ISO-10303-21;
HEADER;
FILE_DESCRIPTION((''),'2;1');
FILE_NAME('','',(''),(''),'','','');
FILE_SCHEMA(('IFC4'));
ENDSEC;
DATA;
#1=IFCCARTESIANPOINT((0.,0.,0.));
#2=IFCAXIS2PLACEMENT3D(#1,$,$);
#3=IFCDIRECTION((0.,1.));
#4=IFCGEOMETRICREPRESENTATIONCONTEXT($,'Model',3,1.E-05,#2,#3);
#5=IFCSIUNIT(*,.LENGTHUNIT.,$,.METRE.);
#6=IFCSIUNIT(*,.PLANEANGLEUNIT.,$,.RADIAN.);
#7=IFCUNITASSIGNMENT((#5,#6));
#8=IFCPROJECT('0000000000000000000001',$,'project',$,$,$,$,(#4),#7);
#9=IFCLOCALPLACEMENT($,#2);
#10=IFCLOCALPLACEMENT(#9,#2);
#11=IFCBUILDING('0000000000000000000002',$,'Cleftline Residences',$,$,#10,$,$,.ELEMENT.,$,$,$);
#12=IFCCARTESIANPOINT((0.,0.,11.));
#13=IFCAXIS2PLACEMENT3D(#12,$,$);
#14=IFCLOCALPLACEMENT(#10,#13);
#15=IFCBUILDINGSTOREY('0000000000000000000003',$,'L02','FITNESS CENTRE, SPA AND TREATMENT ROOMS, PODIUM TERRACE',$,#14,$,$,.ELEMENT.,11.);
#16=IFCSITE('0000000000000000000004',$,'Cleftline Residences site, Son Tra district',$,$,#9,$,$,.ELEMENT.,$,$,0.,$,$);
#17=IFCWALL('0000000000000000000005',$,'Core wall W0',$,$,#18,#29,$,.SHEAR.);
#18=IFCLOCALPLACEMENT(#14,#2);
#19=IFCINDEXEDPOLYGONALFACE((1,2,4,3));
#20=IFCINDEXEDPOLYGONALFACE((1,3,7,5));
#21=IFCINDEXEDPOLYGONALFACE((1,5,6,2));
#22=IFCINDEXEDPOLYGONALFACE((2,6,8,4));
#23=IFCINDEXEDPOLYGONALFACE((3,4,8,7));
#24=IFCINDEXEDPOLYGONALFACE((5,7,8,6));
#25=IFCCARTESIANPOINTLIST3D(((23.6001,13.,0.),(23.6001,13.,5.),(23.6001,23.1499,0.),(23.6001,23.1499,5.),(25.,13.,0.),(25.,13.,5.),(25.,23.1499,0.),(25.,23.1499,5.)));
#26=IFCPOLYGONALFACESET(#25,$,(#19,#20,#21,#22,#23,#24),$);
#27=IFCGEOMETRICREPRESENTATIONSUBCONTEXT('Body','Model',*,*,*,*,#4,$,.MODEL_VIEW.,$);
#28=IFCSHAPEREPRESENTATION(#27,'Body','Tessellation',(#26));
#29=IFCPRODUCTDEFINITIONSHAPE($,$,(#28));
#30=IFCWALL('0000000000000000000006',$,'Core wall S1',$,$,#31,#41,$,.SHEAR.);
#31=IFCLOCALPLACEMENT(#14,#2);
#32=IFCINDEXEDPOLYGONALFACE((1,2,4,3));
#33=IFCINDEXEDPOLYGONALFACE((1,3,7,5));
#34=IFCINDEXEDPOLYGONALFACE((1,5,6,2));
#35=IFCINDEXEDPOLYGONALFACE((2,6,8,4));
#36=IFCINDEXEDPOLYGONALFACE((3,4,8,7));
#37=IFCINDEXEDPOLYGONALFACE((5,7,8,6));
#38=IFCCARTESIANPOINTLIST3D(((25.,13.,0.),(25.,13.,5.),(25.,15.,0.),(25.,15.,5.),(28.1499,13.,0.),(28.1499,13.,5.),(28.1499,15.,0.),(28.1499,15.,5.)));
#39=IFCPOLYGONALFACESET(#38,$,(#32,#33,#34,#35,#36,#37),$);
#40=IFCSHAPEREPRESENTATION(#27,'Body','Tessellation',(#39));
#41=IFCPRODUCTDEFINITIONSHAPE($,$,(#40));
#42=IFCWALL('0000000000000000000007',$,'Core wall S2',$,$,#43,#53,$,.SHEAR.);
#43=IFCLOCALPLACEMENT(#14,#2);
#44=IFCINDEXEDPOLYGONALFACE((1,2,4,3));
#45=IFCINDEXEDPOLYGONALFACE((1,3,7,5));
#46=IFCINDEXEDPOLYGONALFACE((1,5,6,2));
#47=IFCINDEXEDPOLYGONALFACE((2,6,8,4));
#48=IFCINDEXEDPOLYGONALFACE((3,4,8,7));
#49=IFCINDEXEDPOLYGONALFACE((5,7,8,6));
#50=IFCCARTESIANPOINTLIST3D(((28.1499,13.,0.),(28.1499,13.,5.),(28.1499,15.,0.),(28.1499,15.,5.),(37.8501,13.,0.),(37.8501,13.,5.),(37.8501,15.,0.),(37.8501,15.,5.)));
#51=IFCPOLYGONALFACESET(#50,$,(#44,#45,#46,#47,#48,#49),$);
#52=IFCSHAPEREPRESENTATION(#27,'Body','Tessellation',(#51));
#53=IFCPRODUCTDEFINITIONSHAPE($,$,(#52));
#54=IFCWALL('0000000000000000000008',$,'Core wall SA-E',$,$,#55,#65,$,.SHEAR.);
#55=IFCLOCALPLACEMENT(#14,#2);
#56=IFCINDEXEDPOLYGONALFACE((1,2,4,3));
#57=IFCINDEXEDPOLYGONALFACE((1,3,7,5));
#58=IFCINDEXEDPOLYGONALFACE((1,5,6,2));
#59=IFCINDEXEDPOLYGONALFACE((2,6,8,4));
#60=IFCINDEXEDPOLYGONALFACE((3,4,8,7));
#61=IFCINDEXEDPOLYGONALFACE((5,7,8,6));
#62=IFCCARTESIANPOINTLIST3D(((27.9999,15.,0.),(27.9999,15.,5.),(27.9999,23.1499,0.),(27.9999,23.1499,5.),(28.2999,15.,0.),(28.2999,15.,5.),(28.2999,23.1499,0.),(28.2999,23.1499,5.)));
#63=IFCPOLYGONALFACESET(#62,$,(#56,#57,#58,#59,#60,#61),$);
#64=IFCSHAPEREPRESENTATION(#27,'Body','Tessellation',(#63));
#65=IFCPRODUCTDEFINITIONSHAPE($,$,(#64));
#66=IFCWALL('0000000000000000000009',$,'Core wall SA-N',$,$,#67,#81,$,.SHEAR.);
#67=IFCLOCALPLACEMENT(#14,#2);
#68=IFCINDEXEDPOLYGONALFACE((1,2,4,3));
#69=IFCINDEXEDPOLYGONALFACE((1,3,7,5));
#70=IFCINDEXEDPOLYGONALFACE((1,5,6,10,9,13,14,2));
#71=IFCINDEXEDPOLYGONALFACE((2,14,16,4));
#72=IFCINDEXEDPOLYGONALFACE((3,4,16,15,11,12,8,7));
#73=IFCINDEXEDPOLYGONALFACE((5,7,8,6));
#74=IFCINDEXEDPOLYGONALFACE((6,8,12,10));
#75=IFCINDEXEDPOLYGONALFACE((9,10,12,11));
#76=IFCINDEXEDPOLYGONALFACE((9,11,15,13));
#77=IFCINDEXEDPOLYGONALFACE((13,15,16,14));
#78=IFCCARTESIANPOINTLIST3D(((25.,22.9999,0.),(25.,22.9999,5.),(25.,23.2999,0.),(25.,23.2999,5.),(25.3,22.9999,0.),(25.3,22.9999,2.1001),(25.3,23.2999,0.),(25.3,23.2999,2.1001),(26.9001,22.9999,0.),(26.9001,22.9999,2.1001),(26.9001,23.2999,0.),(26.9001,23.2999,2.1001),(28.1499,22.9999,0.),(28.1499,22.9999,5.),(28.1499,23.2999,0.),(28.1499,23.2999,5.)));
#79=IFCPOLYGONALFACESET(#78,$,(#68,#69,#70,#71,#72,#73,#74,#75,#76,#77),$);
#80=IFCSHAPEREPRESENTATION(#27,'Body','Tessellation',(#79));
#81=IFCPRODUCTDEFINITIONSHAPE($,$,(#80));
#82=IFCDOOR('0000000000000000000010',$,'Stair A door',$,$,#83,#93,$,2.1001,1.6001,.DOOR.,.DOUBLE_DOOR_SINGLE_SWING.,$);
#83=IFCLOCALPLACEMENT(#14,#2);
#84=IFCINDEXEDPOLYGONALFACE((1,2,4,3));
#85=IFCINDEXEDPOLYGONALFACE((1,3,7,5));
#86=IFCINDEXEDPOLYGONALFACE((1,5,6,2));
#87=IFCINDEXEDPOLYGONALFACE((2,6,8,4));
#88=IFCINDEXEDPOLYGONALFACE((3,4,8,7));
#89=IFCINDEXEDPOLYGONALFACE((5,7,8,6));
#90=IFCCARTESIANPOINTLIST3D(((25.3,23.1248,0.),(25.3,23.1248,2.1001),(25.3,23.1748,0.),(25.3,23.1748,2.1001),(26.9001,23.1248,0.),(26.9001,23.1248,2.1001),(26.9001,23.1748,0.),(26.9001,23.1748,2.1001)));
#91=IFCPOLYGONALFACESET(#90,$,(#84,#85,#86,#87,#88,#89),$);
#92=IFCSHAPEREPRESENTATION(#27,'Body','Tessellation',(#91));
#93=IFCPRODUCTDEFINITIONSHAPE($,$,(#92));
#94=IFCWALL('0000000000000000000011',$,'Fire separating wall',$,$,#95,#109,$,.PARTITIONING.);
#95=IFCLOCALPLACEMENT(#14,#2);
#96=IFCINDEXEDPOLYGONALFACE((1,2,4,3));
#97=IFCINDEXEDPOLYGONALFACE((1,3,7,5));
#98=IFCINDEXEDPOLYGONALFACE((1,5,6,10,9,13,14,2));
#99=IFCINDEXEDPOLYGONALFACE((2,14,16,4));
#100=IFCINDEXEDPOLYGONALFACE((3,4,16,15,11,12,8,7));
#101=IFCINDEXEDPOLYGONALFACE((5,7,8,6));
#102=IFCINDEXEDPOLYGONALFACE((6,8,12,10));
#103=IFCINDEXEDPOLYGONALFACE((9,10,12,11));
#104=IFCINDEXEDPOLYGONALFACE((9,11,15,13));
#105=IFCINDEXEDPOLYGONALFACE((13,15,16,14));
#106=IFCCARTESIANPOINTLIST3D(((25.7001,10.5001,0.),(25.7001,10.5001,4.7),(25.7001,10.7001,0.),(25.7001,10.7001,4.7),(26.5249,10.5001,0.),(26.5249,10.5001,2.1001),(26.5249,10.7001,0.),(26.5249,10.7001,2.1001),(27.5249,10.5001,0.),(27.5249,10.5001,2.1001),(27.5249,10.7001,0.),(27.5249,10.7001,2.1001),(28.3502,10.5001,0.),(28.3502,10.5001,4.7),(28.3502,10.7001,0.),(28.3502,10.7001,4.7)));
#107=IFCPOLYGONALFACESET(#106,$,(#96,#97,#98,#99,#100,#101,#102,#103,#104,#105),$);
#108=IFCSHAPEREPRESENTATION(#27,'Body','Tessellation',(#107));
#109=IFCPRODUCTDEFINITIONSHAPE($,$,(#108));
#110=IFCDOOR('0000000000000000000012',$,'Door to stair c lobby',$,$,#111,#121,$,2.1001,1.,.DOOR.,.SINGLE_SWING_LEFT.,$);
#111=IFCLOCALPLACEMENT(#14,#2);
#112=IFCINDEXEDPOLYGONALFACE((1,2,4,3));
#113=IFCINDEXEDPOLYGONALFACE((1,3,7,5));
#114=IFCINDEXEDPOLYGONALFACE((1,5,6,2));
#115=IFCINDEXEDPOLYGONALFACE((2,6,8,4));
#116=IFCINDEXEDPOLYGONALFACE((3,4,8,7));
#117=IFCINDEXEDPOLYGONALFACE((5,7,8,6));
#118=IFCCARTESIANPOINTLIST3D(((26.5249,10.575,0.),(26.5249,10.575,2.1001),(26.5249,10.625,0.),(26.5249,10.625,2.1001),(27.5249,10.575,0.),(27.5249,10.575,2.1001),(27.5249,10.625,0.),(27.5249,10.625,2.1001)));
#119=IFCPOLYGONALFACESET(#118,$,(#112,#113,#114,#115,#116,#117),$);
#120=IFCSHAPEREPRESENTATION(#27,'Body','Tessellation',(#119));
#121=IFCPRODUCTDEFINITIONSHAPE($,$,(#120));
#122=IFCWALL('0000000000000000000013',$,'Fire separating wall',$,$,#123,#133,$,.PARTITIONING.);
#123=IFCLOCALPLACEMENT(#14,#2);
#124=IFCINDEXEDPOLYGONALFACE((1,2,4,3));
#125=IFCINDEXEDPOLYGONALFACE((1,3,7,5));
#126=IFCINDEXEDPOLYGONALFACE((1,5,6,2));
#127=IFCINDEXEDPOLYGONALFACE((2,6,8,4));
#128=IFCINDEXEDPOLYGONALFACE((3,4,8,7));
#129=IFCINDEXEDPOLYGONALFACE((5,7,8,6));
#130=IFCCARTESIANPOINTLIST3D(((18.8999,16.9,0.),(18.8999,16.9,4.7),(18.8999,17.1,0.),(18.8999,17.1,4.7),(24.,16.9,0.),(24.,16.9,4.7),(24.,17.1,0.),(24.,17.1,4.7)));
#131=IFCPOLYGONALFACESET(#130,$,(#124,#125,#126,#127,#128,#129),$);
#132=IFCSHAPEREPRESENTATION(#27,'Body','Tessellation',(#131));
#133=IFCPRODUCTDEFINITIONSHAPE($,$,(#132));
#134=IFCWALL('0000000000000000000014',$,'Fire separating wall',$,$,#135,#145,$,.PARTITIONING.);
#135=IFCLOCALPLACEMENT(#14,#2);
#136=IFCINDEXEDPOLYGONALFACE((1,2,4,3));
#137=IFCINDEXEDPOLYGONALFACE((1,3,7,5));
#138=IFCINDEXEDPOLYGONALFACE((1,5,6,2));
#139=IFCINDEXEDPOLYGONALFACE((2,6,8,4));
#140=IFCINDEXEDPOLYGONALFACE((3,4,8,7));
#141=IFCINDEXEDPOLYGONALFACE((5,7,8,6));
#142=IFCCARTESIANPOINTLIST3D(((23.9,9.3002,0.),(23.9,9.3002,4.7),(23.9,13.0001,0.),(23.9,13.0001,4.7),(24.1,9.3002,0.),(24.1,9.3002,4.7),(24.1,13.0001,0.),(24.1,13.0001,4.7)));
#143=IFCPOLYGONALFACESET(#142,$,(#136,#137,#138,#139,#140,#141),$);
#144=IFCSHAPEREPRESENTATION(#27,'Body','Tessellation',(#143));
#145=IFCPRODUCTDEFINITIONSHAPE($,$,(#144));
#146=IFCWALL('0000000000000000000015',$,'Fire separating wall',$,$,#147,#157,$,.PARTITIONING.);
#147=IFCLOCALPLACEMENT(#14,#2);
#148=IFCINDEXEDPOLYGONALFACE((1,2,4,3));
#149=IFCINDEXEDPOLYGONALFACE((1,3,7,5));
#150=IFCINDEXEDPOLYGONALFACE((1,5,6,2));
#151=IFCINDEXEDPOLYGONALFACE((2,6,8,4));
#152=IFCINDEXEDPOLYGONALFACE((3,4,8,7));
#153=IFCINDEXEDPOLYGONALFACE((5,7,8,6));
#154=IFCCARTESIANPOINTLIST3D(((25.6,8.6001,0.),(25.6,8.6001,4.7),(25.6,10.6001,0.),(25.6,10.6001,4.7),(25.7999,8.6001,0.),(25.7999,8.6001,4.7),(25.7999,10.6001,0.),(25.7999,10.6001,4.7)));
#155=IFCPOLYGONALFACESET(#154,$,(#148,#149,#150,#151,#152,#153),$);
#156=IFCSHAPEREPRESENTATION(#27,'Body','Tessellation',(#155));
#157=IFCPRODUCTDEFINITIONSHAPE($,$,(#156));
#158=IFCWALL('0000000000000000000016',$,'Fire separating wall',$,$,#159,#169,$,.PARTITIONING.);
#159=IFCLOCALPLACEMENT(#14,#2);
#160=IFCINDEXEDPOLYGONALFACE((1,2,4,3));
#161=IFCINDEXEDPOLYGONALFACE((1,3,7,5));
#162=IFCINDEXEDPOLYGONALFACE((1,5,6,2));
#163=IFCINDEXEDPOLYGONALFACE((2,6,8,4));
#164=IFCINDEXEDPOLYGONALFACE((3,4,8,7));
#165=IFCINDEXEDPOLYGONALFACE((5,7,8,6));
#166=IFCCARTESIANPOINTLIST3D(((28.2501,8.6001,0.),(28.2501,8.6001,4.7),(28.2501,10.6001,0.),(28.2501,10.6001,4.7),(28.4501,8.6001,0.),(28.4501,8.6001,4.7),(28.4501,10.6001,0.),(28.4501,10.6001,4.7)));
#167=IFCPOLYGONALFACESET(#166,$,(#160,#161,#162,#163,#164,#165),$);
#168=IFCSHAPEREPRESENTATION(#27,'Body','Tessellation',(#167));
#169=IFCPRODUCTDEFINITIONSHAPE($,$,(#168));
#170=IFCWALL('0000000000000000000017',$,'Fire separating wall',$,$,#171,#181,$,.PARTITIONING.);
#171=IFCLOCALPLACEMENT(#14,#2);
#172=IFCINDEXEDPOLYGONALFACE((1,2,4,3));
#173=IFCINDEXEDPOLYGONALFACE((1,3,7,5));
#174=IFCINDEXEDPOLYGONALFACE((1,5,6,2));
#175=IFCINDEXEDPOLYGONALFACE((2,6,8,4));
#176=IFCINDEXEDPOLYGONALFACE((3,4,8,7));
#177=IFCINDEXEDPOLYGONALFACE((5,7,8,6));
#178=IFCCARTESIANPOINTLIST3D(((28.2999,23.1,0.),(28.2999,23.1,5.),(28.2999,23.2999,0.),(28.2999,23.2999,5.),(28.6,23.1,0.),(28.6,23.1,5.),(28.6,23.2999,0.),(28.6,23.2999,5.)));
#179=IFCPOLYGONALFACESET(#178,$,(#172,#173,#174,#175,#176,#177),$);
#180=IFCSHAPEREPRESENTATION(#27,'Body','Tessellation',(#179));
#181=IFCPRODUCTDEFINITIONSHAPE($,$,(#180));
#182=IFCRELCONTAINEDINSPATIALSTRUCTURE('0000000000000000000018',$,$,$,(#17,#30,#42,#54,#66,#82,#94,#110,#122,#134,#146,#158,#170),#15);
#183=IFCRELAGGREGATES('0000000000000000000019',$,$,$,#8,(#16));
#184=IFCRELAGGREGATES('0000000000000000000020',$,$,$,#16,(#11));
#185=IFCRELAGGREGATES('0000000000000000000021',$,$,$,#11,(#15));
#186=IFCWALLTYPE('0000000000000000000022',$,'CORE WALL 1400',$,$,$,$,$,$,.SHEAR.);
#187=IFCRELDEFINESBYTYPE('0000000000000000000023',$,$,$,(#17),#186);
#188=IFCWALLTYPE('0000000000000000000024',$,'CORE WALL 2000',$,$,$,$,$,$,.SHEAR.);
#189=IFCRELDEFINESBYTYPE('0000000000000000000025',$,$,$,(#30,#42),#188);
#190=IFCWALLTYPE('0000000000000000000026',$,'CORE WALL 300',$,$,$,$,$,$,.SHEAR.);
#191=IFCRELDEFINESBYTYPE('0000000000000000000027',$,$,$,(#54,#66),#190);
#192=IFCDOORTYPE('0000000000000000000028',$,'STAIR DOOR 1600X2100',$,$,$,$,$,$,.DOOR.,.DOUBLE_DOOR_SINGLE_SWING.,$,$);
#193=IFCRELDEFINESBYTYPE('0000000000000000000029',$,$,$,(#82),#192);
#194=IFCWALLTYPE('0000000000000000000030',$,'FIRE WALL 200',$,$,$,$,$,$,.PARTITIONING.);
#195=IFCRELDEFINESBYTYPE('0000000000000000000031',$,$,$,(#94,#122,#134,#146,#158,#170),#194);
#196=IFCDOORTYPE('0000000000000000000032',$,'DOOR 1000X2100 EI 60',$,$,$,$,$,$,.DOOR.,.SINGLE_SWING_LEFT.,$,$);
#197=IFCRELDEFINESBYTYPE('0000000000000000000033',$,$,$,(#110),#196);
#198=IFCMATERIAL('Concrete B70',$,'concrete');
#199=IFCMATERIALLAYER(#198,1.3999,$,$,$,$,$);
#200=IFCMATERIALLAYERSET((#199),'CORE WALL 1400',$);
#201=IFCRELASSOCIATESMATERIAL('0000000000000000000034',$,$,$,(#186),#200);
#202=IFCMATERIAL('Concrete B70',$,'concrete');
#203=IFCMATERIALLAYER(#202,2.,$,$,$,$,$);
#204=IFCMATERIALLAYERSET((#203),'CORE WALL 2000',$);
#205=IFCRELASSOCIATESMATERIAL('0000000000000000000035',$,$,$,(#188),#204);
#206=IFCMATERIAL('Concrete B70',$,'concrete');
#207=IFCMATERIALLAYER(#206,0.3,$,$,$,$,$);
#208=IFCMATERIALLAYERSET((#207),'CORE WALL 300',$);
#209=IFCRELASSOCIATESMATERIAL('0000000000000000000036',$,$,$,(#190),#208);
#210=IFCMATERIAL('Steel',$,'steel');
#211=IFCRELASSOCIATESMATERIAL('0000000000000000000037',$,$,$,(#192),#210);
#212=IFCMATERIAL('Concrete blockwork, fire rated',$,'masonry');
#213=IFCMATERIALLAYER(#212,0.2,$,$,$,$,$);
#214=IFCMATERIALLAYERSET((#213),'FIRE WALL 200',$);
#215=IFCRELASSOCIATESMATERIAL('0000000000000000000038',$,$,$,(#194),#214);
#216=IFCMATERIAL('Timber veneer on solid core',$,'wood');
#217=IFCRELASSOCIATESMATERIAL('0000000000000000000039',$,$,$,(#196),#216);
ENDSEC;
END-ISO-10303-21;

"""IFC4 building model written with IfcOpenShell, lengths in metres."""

from ifc_helpers import new_model, si_unit, direction, frame, frame_2d, origin, place, context, subcontext, project, spatial, rectangle, extrude, material, layer, layer_set, type_object, element, fill, save


model = new_model("IFC4")

# Units and contexts
model_context = context("Model", 3, precision=1e-05, world=origin(), true_north=direction((0.0, 1.0)))
body_context = subcontext(model_context, "Body", "Model", "MODEL_VIEW")
ifc_project = project(units=[si_unit("LENGTHUNIT", "METRE"), si_unit("PLANEANGLEUNIT", "RADIAN")], contexts=[model_context])

# Site, building, storey
site_placement = place(None, origin())
site = spatial("IfcSite", under=ifc_project, at=site_placement, Name="Cleftline Residences site, Son Tra district", CompositionType="ELEMENT", RefElevation=0.0)
building_placement = place(site_placement, origin())
building = spatial("IfcBuilding", under=site, at=building_placement, Name="Cleftline Residences", CompositionType="ELEMENT")
storey_placement = place(building_placement, frame((0.0, 0.0, 11.0)))
storey = spatial("IfcBuildingStorey", under=building, at=storey_placement, Name="L02", Description="FITNESS CENTRE, SPA AND TREATMENT ROOMS, PODIUM TERRACE", CompositionType="ELEMENT", Elevation=11.0)

# Wall
ifc_material_1 = material(Name="Concrete B70", Category="concrete")
ifc_layer_1 = layer(ifc_material_1, 1.3999)
ifc_layer_set_1 = layer_set([ifc_layer_1], Name="CORE WALL 1400")
wall_type_1 = type_object("IfcWallType", Name="CORE WALL 1400", PredefinedType="SHEAR", material=ifc_layer_set_1)
wall_1_placement = place(storey_placement, frame((24.3, 13.0, 0.0), z_axis=(0.0, 0.0, 1.0), x_axis=(0.0, 1.0, 0.0)))
element("IfcWall", 1, at=wall_1_placement, inside=storey, type_object=wall_type_1, Name="Core wall W0", PredefinedType="SHEAR", context=body_context, shape_type="SweptSolid", body=[
    extrude(rectangle(XDim=10.1499, YDim=1.3999, at=frame_2d((5.075, 0.0))), origin(), (0.0, 0.0, 1.0), 5.0),
])

# Walls
ifc_material_2 = material(Name="Concrete B70", Category="concrete")
ifc_layer_2 = layer(ifc_material_2, 2.0)
ifc_layer_set_2 = layer_set([ifc_layer_2], Name="CORE WALL 2000")
wall_type_2 = type_object("IfcWallType", Name="CORE WALL 2000", PredefinedType="SHEAR", material=ifc_layer_set_2)
wall_2_placement = place(storey_placement, frame((25.0, 14.0, 0.0), z_axis=(0.0, 0.0, 1.0), x_axis=(1.0, 0.0, 0.0)))
element("IfcWall", 2, at=wall_2_placement, inside=storey, type_object=wall_type_2, Name="Core wall S1", PredefinedType="SHEAR", context=body_context, shape_type="SweptSolid", body=[
    extrude(rectangle(XDim=3.1499, YDim=2.0, at=frame_2d((1.575, 0.0))), origin(), (0.0, 0.0, 1.0), 5.0),
])
wall_3_placement = place(storey_placement, frame((28.1499, 14.0, 0.0), z_axis=(0.0, 0.0, 1.0), x_axis=(1.0, 0.0, 0.0)))
element("IfcWall", 3, at=wall_3_placement, inside=storey, type_object=wall_type_2, Name="Core wall S2", PredefinedType="SHEAR", context=body_context, shape_type="SweptSolid", body=[
    extrude(rectangle(XDim=9.7002, YDim=2.0, at=frame_2d((4.8501, 0.0))), origin(), (0.0, 0.0, 1.0), 5.0),
])
ifc_material_3 = material(Name="Concrete B70", Category="concrete")
ifc_layer_3 = layer(ifc_material_3, 0.3)
ifc_layer_set_3 = layer_set([ifc_layer_3], Name="CORE WALL 300")
wall_type_3 = type_object("IfcWallType", Name="CORE WALL 300", PredefinedType="SHEAR", material=ifc_layer_set_3)
wall_4_placement = place(storey_placement, frame((28.1499, 15.0, 0.0), z_axis=(0.0, 0.0, 1.0), x_axis=(0.0, 1.0, 0.0)))
element("IfcWall", 4, at=wall_4_placement, inside=storey, type_object=wall_type_3, Name="Core wall SA-E", PredefinedType="SHEAR", context=body_context, shape_type="SweptSolid", body=[
    extrude(rectangle(XDim=8.1499, YDim=0.3, at=frame_2d((4.075, 0.0))), origin(), (0.0, 0.0, 1.0), 5.0),
])

# Walls, openings, doors
wall_5_placement = place(storey_placement, frame((25.0, 23.1499, 0.0), z_axis=(0.0, 0.0, 1.0), x_axis=(1.0, 0.0, 0.0)))
wall_5 = element("IfcWall", 5, at=wall_5_placement, inside=storey, type_object=wall_type_3, Name="Core wall SA-N", PredefinedType="SHEAR", context=body_context, shape_type="SweptSolid", body=[
    extrude(rectangle(XDim=3.1499, YDim=0.3, at=frame_2d((1.575, 0.0))), origin(), (0.0, 0.0, 1.0), 5.0),
])
opening_1_placement = place(wall_5_placement, frame((0.3, 0.0, 0.0)))
opening_1 = element("IfcOpeningElement", 6, at=opening_1_placement, cuts=wall_5, PredefinedType="OPENING", context=body_context, shape_type="SweptSolid", body=[
    extrude(rectangle(XDim=1.6001, YDim=2.1001, at=frame_2d((0.8, 1.05))), frame((0.0, 0.1599, 0.0), z_axis=(0.0, -1.0, 0.0), x_axis=(1.0, 0.0, 0.0)), (0.0, 0.0, 1.0), 0.3201),
])
ifc_material_4 = material(Name="Steel", Category="steel")
door_type_1 = type_object("IfcDoorType", Name="STAIR DOOR 1600X2100", OperationType="DOUBLE_DOOR_SINGLE_SWING", PredefinedType="DOOR", material=ifc_material_4)
door_1_placement = place(opening_1_placement, origin())
door_1 = element("IfcDoor", 7, at=door_1_placement, inside=storey, type_object=door_type_1, Name="Stair A door", OperationType="DOUBLE_DOOR_SINGLE_SWING", OverallHeight=2.1001, OverallWidth=1.6001, PredefinedType="DOOR", context=body_context, shape_type="SweptSolid", body=[
    extrude(rectangle(XDim=1.6001, YDim=2.1001, at=frame_2d((0.8, 1.05))), frame((0.0, 0.0249, 0.0), z_axis=(0.0, -1.0, 0.0), x_axis=(1.0, 0.0, 0.0)), (0.0, 0.0, 1.0), 0.05),
])
fill(opening_1, door_1)
ifc_material_5 = material(Name="Concrete blockwork, fire rated", Category="masonry")
ifc_layer_4 = layer(ifc_material_5, 0.2)
ifc_layer_set_4 = layer_set([ifc_layer_4], Name="FIRE WALL 200")
wall_type_4 = type_object("IfcWallType", Name="FIRE WALL 200", PredefinedType="PARTITIONING", material=ifc_layer_set_4)
wall_6_placement = place(storey_placement, frame((25.7, 10.6001, 0.0), z_axis=(0.0, 0.0, 1.0), x_axis=(1.0, 0.0, 0.0)))
wall_6 = element("IfcWall", 8, at=wall_6_placement, inside=storey, type_object=wall_type_4, Name="Fire separating wall", PredefinedType="PARTITIONING", context=body_context, shape_type="SweptSolid", body=[
    extrude(rectangle(XDim=2.6501, YDim=0.2, at=frame_2d((1.3252, 0.0))), origin(), (0.0, 0.0, 1.0), 4.7),
])
opening_2_placement = place(wall_6_placement, frame((0.825, 0.0, 0.0)))
opening_2 = element("IfcOpeningElement", 9, at=opening_2_placement, cuts=wall_6, PredefinedType="OPENING", context=body_context, shape_type="SweptSolid", body=[
    extrude(rectangle(XDim=1.0, YDim=2.1001, at=frame_2d((0.5, 1.05))), frame((0.0, 0.1099, 0.0), z_axis=(0.0, -1.0, 0.0), x_axis=(1.0, 0.0, 0.0)), (0.0, 0.0, 1.0), 0.22),
])
ifc_material_6 = material(Name="Timber veneer on solid core", Category="wood")
door_type_2 = type_object("IfcDoorType", Name="DOOR 1000X2100 EI 60", OperationType="SINGLE_SWING_LEFT", PredefinedType="DOOR", material=ifc_material_6)
door_2_placement = place(opening_2_placement, origin())
door_2 = element("IfcDoor", 10, at=door_2_placement, inside=storey, type_object=door_type_2, Name="Door to stair c lobby", OperationType="SINGLE_SWING_LEFT", OverallHeight=2.1001, OverallWidth=1.0, PredefinedType="DOOR", context=body_context, shape_type="SweptSolid", body=[
    extrude(rectangle(XDim=1.0, YDim=2.1001, at=frame_2d((0.5, 1.05))), frame((0.0, 0.0249, 0.0), z_axis=(0.0, -1.0, 0.0), x_axis=(1.0, 0.0, 0.0)), (0.0, 0.0, 1.0), 0.05),
])
fill(opening_2, door_2)

# Walls
wall_7_placement = place(storey_placement, frame((18.8999, 17.0, 0.0), z_axis=(0.0, 0.0, 1.0), x_axis=(1.0, 0.0, 0.0)))
element("IfcWall", 11, at=wall_7_placement, inside=storey, type_object=wall_type_4, Name="Fire separating wall", PredefinedType="PARTITIONING", context=body_context, shape_type="SweptSolid", body=[
    extrude(rectangle(XDim=5.1001, YDim=0.2, at=frame_2d((2.55, 0.0))), origin(), (0.0, 0.0, 1.0), 4.7),
])
wall_8_placement = place(storey_placement, frame((24.0, 9.3, 0.0), z_axis=(0.0, 0.0, 1.0), x_axis=(0.0, 1.0, 0.0)))
element("IfcWall", 12, at=wall_8_placement, inside=storey, type_object=wall_type_4, Name="Fire separating wall", PredefinedType="PARTITIONING", context=body_context, shape_type="SweptSolid", body=[
    extrude(rectangle(XDim=3.7, YDim=0.2, at=frame_2d((1.8501, 0.0))), origin(), (0.0, 0.0, 1.0), 4.7),
])
for number, where, z_axis, x_axis, name in (
    (13, (25.7, 8.6001, 0.0), (0.0, 0.0, 1.0), (0.0, 1.0, 0.0), "Fire separating wall"),
    (14, (28.3501, 8.6001, 0.0), (0.0, 0.0, 1.0), (0.0, 1.0, 0.0), "Fire separating wall"),
):
    element("IfcWall", number, at=place(storey_placement, frame(where, z_axis=z_axis, x_axis=x_axis)), inside=storey, type_object=wall_type_4, Name=name, PredefinedType="PARTITIONING", context=body_context, shape_type="SweptSolid", body=[
        extrude(rectangle(XDim=2.0, YDim=0.2, at=frame_2d((1.0, 0.0))), origin(), (0.0, 0.0, 1.0), 4.7),
    ])
wall_9_placement = place(storey_placement, frame((28.3, 23.2, 0.0), z_axis=(0.0, 0.0, 1.0), x_axis=(1.0, 0.0, 0.0)))
element("IfcWall", 15, at=wall_9_placement, inside=storey, type_object=wall_type_4, Name="Fire separating wall", PredefinedType="PARTITIONING", context=body_context, shape_type="SweptSolid", body=[
    extrude(rectangle(XDim=0.3, YDim=0.2, at=frame_2d((0.1499, 0.0))), origin(), (0.0, 0.0, 1.0), 5.0),
])

save(model, "model.ifc")
